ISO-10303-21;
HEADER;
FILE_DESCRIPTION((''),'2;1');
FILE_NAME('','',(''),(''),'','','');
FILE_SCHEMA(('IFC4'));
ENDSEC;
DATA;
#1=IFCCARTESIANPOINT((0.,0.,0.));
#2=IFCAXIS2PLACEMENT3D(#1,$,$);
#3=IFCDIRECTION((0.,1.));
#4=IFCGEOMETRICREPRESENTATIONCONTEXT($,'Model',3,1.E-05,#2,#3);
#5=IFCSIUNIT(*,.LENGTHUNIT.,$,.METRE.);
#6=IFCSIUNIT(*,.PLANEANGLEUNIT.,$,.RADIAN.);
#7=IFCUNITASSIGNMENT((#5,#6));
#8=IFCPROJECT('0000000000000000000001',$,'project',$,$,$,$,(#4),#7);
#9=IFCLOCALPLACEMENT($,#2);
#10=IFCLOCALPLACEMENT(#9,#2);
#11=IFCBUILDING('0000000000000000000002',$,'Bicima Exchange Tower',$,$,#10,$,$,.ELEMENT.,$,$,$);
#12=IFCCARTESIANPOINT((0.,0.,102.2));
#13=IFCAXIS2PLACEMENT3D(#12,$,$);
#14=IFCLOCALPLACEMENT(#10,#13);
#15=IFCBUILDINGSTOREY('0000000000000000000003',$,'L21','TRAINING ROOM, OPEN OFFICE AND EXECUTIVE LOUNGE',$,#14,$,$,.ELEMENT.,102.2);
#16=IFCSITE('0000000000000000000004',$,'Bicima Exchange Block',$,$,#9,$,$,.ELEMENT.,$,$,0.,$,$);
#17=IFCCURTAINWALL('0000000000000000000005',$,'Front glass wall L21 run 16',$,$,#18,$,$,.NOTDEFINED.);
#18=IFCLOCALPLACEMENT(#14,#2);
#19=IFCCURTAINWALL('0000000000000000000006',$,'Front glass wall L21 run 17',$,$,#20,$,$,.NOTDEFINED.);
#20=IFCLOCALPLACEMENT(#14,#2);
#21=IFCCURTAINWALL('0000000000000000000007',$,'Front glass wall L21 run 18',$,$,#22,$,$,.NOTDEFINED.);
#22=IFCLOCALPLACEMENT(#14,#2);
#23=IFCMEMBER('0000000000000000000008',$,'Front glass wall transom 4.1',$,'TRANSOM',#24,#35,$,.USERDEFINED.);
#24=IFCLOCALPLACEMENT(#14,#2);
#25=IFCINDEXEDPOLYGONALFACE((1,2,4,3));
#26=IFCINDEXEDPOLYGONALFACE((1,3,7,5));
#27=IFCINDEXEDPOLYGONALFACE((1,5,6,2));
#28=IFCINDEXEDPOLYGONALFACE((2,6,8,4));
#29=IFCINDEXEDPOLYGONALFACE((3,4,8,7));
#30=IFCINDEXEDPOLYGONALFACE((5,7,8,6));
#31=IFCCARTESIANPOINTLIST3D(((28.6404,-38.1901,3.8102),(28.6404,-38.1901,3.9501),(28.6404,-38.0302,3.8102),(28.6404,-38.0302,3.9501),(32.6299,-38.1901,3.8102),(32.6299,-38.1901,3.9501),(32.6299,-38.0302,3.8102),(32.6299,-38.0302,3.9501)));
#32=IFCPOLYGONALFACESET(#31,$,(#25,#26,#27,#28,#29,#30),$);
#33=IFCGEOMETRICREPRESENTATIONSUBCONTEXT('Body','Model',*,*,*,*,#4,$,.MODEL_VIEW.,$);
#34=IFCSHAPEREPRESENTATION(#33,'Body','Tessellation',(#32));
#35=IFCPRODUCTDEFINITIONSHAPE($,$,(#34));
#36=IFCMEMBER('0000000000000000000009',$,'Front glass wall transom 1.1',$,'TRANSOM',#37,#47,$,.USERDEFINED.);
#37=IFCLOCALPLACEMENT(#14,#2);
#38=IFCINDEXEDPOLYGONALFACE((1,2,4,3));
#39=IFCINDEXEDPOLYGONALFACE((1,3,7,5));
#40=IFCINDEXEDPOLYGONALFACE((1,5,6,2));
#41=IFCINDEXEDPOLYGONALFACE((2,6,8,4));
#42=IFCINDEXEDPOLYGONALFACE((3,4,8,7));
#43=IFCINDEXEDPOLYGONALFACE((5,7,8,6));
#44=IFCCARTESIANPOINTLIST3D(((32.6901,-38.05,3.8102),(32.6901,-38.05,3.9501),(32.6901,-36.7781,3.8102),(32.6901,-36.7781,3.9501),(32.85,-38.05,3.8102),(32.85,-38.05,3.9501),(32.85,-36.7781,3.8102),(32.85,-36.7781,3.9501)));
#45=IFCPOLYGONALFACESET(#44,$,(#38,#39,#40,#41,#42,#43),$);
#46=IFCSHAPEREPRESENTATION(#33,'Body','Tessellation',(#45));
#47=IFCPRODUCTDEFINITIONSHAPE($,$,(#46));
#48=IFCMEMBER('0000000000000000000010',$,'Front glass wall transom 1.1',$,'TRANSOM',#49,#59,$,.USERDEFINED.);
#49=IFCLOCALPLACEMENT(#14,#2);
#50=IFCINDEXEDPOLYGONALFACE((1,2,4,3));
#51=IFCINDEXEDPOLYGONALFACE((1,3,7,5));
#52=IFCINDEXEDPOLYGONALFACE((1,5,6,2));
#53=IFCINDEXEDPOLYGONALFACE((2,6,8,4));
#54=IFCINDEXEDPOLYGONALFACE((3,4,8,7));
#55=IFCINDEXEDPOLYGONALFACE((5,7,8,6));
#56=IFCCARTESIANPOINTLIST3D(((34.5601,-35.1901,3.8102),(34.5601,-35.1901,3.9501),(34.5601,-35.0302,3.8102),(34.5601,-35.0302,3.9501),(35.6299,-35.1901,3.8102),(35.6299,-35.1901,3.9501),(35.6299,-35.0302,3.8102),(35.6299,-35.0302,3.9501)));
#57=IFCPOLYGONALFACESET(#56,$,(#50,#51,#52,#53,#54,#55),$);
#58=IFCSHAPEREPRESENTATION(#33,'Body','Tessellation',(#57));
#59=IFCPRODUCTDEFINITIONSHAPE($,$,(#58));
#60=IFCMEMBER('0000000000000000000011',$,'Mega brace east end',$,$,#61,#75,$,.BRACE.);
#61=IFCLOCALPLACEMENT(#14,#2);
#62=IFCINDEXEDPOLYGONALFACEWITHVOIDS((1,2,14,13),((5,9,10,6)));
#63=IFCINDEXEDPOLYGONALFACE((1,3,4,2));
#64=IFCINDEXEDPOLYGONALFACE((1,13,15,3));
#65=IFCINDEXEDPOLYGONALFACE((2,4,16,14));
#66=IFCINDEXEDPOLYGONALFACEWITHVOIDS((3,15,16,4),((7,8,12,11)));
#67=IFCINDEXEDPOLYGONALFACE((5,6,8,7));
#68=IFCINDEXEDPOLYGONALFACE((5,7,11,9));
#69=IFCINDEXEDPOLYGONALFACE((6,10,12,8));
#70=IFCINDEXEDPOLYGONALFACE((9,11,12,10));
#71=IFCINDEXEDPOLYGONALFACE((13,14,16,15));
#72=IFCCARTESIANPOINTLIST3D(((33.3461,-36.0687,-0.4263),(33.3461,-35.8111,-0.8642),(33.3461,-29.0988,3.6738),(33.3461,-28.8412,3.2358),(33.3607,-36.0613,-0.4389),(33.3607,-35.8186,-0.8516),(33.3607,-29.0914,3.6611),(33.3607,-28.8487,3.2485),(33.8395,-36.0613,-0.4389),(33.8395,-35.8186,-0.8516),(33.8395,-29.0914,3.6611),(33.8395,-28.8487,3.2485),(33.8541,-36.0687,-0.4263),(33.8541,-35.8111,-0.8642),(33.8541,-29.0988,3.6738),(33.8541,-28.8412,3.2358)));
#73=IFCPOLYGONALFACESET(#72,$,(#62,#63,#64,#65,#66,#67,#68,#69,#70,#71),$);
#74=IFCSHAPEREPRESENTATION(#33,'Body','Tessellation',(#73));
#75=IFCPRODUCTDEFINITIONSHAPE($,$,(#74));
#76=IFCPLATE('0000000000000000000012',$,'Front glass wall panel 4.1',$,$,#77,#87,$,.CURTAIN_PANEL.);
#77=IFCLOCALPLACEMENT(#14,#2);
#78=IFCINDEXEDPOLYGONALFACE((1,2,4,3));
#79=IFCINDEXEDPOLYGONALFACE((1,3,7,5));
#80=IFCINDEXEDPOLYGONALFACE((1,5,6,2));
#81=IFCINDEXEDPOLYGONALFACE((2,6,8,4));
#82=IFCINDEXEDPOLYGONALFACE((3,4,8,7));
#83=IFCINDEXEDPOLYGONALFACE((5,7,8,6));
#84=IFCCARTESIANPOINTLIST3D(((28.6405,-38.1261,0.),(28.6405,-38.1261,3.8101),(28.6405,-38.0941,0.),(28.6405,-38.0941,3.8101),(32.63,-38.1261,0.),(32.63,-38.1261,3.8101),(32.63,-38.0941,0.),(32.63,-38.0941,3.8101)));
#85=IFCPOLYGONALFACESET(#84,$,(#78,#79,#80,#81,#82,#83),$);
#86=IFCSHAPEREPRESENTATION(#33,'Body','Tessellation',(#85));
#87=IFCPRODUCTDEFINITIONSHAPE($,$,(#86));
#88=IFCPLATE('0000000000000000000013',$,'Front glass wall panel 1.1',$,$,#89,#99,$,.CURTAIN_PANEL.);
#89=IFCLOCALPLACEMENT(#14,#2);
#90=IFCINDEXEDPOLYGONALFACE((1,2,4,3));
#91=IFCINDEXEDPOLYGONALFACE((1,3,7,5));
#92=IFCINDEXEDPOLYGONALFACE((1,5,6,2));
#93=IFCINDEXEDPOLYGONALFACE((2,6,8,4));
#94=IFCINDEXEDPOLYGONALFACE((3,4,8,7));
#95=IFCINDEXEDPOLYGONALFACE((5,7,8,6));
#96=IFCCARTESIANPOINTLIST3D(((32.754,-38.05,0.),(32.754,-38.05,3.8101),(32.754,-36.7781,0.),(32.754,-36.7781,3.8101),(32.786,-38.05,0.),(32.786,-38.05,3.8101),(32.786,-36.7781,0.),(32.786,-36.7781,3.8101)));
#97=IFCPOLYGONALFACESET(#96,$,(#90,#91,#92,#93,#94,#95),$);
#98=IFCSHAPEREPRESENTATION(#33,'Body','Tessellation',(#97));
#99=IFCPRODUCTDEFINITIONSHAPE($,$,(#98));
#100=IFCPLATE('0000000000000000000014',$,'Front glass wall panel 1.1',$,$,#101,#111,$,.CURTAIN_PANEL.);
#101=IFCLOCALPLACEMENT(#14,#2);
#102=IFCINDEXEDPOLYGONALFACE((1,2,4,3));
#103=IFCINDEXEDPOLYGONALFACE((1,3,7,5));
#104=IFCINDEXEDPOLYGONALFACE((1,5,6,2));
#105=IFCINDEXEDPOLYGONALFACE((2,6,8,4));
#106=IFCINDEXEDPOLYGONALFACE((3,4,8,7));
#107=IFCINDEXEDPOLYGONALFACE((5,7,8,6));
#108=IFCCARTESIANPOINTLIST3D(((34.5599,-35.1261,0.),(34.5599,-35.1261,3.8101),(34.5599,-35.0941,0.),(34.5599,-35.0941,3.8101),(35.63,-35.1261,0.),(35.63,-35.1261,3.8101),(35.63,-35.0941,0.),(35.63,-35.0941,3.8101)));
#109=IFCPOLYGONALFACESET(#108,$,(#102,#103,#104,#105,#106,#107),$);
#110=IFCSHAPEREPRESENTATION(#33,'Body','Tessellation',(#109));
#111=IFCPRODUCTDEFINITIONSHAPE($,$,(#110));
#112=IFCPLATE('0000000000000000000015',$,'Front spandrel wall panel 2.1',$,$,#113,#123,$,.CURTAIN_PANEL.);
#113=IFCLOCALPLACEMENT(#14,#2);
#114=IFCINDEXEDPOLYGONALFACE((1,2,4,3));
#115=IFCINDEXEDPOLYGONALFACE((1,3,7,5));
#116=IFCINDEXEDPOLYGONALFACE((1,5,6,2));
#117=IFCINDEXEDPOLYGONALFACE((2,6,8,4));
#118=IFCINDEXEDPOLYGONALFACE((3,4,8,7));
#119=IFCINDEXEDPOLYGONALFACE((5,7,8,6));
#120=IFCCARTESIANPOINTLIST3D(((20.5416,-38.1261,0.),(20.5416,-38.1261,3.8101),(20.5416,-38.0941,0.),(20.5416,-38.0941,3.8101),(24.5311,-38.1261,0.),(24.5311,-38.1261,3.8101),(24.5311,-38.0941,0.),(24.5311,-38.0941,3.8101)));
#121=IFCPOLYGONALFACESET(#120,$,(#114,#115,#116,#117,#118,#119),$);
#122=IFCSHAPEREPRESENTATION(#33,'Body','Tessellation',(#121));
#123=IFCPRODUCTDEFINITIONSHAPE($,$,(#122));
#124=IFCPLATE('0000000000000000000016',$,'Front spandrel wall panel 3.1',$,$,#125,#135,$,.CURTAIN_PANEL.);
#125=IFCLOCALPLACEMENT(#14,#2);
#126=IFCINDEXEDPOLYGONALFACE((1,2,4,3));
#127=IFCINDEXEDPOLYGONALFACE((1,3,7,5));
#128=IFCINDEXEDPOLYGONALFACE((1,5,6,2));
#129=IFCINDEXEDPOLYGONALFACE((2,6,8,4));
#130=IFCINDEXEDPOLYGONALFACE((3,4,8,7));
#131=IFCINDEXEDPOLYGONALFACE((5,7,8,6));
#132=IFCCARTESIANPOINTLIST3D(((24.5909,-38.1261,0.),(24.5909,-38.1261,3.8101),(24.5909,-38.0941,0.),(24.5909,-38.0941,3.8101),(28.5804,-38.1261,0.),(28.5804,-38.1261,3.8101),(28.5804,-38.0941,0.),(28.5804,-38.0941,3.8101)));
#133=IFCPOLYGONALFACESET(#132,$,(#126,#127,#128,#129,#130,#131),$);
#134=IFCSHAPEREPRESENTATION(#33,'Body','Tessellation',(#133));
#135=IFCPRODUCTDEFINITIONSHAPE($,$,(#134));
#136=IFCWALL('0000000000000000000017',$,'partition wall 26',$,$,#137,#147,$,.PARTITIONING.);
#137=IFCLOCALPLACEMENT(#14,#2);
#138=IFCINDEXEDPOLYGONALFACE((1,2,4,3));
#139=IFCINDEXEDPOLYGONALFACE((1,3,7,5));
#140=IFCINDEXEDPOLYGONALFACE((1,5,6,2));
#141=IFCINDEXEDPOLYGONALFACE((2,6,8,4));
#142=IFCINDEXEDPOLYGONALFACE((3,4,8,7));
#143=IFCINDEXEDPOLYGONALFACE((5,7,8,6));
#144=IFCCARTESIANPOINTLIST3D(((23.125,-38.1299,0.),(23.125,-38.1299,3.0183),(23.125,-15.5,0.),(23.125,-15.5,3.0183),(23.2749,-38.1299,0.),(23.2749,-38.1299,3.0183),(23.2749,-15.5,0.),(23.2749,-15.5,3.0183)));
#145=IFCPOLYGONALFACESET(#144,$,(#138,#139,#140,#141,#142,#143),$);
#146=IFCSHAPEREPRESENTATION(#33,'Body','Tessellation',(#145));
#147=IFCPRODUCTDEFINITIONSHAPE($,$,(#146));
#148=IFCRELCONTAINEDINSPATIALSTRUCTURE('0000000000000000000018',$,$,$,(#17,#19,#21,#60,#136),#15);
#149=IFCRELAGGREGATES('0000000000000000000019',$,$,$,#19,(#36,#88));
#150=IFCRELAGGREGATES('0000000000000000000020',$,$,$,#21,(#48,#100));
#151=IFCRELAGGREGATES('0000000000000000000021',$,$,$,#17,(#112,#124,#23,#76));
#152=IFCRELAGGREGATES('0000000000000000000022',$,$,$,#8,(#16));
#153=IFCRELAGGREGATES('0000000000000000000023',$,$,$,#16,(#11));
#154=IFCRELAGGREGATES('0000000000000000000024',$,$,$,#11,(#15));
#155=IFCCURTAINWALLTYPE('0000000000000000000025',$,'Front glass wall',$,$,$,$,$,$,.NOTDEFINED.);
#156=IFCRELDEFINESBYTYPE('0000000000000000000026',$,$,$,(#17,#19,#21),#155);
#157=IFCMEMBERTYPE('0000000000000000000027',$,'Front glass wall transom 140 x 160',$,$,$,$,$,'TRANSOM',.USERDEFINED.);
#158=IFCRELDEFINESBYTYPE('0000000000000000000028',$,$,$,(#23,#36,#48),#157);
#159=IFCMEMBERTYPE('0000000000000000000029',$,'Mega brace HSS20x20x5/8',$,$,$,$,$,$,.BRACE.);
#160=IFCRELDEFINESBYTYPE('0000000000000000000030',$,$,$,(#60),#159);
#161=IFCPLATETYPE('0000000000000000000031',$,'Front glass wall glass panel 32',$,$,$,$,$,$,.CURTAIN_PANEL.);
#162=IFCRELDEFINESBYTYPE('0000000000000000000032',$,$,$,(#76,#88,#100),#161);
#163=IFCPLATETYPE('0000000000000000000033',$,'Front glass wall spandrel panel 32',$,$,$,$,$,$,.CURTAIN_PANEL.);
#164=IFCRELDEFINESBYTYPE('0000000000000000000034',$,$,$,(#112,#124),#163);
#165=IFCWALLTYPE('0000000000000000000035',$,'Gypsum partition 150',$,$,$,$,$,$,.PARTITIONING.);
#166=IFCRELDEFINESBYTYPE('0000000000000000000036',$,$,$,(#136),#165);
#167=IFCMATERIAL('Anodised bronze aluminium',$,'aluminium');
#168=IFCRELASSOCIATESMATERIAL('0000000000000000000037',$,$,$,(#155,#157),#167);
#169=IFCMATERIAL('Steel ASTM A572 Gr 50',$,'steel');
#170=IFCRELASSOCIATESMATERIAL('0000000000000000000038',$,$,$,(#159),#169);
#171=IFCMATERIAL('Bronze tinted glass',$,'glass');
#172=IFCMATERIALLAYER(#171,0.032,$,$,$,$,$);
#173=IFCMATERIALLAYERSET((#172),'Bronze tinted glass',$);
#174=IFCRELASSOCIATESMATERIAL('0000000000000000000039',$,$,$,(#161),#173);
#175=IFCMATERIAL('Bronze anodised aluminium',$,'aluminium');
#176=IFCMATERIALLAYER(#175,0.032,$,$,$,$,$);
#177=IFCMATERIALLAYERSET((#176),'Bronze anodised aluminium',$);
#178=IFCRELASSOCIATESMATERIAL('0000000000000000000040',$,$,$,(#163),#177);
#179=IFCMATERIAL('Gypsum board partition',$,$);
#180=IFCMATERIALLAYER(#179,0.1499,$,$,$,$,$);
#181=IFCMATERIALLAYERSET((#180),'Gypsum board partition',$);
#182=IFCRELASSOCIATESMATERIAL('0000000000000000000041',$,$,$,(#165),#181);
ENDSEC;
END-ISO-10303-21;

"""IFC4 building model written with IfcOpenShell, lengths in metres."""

from ifc_helpers import new_model, si_unit, direction, frame, frame_2d, origin, origin_2d, place, context, subcontext, project, spatial, rectangle, hollow_rectangle, extrude, material, layer, layer_set, material_profile, profile_set, type_object, element, aggregate, save


model = new_model("IFC4")

# Units and contexts
model_context = context("Model", 3, precision=1e-05, world=origin(), true_north=direction((0.0, 1.0)))
body_context = subcontext(model_context, "Body", "Model", "MODEL_VIEW")
ifc_project = project(units=[si_unit("LENGTHUNIT", "METRE"), si_unit("PLANEANGLEUNIT", "RADIAN")], contexts=[model_context])

# Site, building, storey
site_placement = place(None, origin())
site = spatial("IfcSite", under=ifc_project, at=site_placement, Name="Bicima Exchange Block", CompositionType="ELEMENT", RefElevation=0.0)
building_placement = place(site_placement, origin())
building = spatial("IfcBuilding", under=site, at=building_placement, Name="Bicima Exchange Tower", CompositionType="ELEMENT")
storey_placement = place(building_placement, frame((0.0, 0.0, 102.2)))
storey = spatial("IfcBuildingStorey", under=building, at=storey_placement, Name="L21", Description="TRAINING ROOM, OPEN OFFICE AND EXECUTIVE LOUNGE", CompositionType="ELEMENT", Elevation=102.2)

# Shared definitions
ifc_material_1 = material(Name="Steel ASTM A572 Gr 50", Category="steel")

# Curtain walls
ifc_material_2 = material(Name="Anodised bronze aluminium", Category="aluminium")
curtain_wall_type = type_object("IfcCurtainWallType", Name="Front glass wall", PredefinedType="NOTDEFINED", material=ifc_material_2)
curtain_wall_1_placement = place(storey_placement, origin())
curtain_wall_1 = element("IfcCurtainWall", 1, at=curtain_wall_1_placement, inside=storey, type_object=curtain_wall_type, Name="Front glass wall L21 run 16", PredefinedType="NOTDEFINED")
curtain_wall_2_placement = place(storey_placement, origin())
curtain_wall_2 = element("IfcCurtainWall", 2, at=curtain_wall_2_placement, inside=storey, type_object=curtain_wall_type, Name="Front glass wall L21 run 17", PredefinedType="NOTDEFINED")

# Curtain wall
curtain_wall_3_placement = place(storey_placement, origin())
curtain_wall_3 = element("IfcCurtainWall", 3, at=curtain_wall_3_placement, inside=storey, type_object=curtain_wall_type, Name="Front glass wall L21 run 18", PredefinedType="NOTDEFINED")

# Members
ifc_material_profile_1 = material_profile(ifc_material_2, rectangle(XDim=0.1599, YDim=0.1399, at=origin_2d()))
ifc_profile_set_1 = profile_set([ifc_material_profile_1], Name="Anodised bronze aluminium")
member_type_1 = type_object("IfcMemberType", Name="Front glass wall transom 140 x 160", ElementType="TRANSOM", PredefinedType="USERDEFINED", material=ifc_profile_set_1)
member_1_placement = place(storey_placement, frame((28.6404, -38.1101, 3.8801), z_axis=(1.0, 0.0, 0.0), x_axis=(0.0, 1.0, 0.0)))
member_1 = element("IfcMember", 4, at=member_1_placement, type_object=member_type_1, Name="Front glass wall transom 4.1", ObjectType="TRANSOM", PredefinedType="USERDEFINED", context=body_context, shape_type="SweptSolid", body=[
    extrude(rectangle(XDim=0.1599, YDim=0.1399, at=origin_2d()), origin(), (0.0, 0.0, 1.0), 3.9895),
])
member_2_placement = place(storey_placement, frame((32.77, -38.05, 3.8801), z_axis=(0.0, 1.0, 0.0), x_axis=(-1.0, 0.0, 0.0)))
member_2 = element("IfcMember", 5, at=member_2_placement, type_object=member_type_1, Name="Front glass wall transom 1.1", ObjectType="TRANSOM", PredefinedType="USERDEFINED", context=body_context, shape_type="SweptSolid", body=[
    extrude(rectangle(XDim=0.1599, YDim=0.1399, at=origin_2d()), origin(), (0.0, 0.0, 1.0), 1.272),
])
member_3_placement = place(storey_placement, frame((34.5601, -35.1101, 3.8801), z_axis=(1.0, 0.0, 0.0), x_axis=(0.0, 1.0, 0.0)))
member_3 = element("IfcMember", 6, at=member_3_placement, type_object=member_type_1, Name="Front glass wall transom 1.1", ObjectType="TRANSOM", PredefinedType="USERDEFINED", context=body_context, shape_type="SweptSolid", body=[
    extrude(rectangle(XDim=0.1599, YDim=0.1399, at=origin_2d()), origin(), (0.0, 0.0, 1.0), 1.0698),
])
ifc_material_profile_2 = material_profile(ifc_material_1, hollow_rectangle(XDim=0.5081, YDim=0.5081, WallThickness=0.0146, at=origin_2d()))
ifc_profile_set_2 = profile_set([ifc_material_profile_2], Name="Steel ASTM A572 Gr 50")
member_type_2 = type_object("IfcMemberType", Name="Mega brace HSS20x20x5/8", PredefinedType="BRACE", material=ifc_profile_set_2)
member_4_placement = place(storey_placement, frame((33.6001, -35.9399, -0.6453), z_axis=(0.0, 0.861928, 0.507031), x_axis=(-1.0, 0.0, 0.0)))
element("IfcMember", 7, at=member_4_placement, inside=storey, type_object=member_type_2, Name="Mega brace east end", PredefinedType="BRACE", context=body_context, shape_type="SweptSolid", body=[
    extrude(hollow_rectangle(XDim=0.5081, YDim=0.5081, WallThickness=0.0146, at=origin_2d()), origin(), (0.0, 0.0, 1.0), 8.0864),
])

# Plates
ifc_material_3 = material(Name="Bronze tinted glass", Category="glass")
ifc_layer_1 = layer(ifc_material_3, 0.032)
ifc_layer_set_1 = layer_set([ifc_layer_1], Name="Bronze tinted glass")
plate_type_1 = type_object("IfcPlateType", Name="Front glass wall glass panel 32", PredefinedType="CURTAIN_PANEL", material=ifc_layer_set_1)
plate_1_placement = place(storey_placement, frame((30.6353, -38.1101, 0.0), z_axis=(0.0, 0.0, 1.0), x_axis=(1.0, 0.0, 0.0)))
plate_1 = element("IfcPlate", 8, at=plate_1_placement, type_object=plate_type_1, Name="Front glass wall panel 4.1", PredefinedType="CURTAIN_PANEL", context=body_context, shape_type="SweptSolid", body=[
    extrude(rectangle(XDim=3.9895, YDim=0.032, at=origin_2d()), origin(), (0.0, 0.0, 1.0), 3.8101),
])
plate_2_placement = place(storey_placement, frame((32.77, -37.4141, 0.0), z_axis=(0.0, 0.0, 1.0), x_axis=(0.0, 1.0, 0.0)))
plate_2 = element("IfcPlate", 9, at=plate_2_placement, type_object=plate_type_1, Name="Front glass wall panel 1.1", PredefinedType="CURTAIN_PANEL", context=body_context, shape_type="SweptSolid", body=[
    extrude(rectangle(XDim=1.272, YDim=0.032, at=origin_2d()), origin(), (0.0, 0.0, 1.0), 3.8101),
])
aggregate(curtain_wall_2, [member_2, plate_2])
plate_3_placement = place(storey_placement, frame((35.095, -35.1101, 0.0), z_axis=(0.0, 0.0, 1.0), x_axis=(1.0, 0.0, 0.0)))
plate_3 = element("IfcPlate", 10, at=plate_3_placement, type_object=plate_type_1, Name="Front glass wall panel 1.1", PredefinedType="CURTAIN_PANEL", context=body_context, shape_type="SweptSolid", body=[
    extrude(rectangle(XDim=1.0701, YDim=0.032, at=origin_2d()), origin(), (0.0, 0.0, 1.0), 3.8101),
])
aggregate(curtain_wall_3, [member_3, plate_3])
ifc_material_4 = material(Name="Bronze anodised aluminium", Category="aluminium")
ifc_layer_2 = layer(ifc_material_4, 0.032)
ifc_layer_set_2 = layer_set([ifc_layer_2], Name="Bronze anodised aluminium")
plate_type_2 = type_object("IfcPlateType", Name="Front glass wall spandrel panel 32", PredefinedType="CURTAIN_PANEL", material=ifc_layer_set_2)
plate_4_placement = place(storey_placement, frame((22.5364, -38.1101, 0.0), z_axis=(0.0, 0.0, 1.0), x_axis=(1.0, 0.0, 0.0)))
plate_4 = element("IfcPlate", 11, at=plate_4_placement, type_object=plate_type_2, Name="Front spandrel wall panel 2.1", PredefinedType="CURTAIN_PANEL", context=body_context, shape_type="SweptSolid", body=[
    extrude(rectangle(XDim=3.9895, YDim=0.032, at=origin_2d()), origin(), (0.0, 0.0, 1.0), 3.8101),
])
plate_5_placement = place(storey_placement, frame((26.5857, -38.1101, 0.0), z_axis=(0.0, 0.0, 1.0), x_axis=(1.0, 0.0, 0.0)))
plate_5 = element("IfcPlate", 12, at=plate_5_placement, type_object=plate_type_2, Name="Front spandrel wall panel 3.1", PredefinedType="CURTAIN_PANEL", context=body_context, shape_type="SweptSolid", body=[
    extrude(rectangle(XDim=3.9895, YDim=0.032, at=origin_2d()), origin(), (0.0, 0.0, 1.0), 3.8101),
])
aggregate(curtain_wall_1, [plate_4, plate_5, member_1, plate_1])

# Wall
ifc_material_5 = material(Name="Gypsum board partition")
ifc_layer_3 = layer(ifc_material_5, 0.1499)
ifc_layer_set_3 = layer_set([ifc_layer_3], Name="Gypsum board partition")
wall_type = type_object("IfcWallType", Name="Gypsum partition 150", PredefinedType="PARTITIONING", material=ifc_layer_set_3)
wall_placement = place(storey_placement, frame((23.2, -38.1299, 0.0), z_axis=(0.0, 0.0, 1.0), x_axis=(0.0, 1.0, 0.0)))
element("IfcWall", 13, at=wall_placement, inside=storey, type_object=wall_type, Name="partition wall 26", PredefinedType="PARTITIONING", context=body_context, shape_type="SweptSolid", body=[
    extrude(rectangle(XDim=22.6299, YDim=0.1499, at=frame_2d((11.3149, 0.0))), origin(), (0.0, 0.0, 1.0), 3.0183),
])

save(model, "model.ifc")
